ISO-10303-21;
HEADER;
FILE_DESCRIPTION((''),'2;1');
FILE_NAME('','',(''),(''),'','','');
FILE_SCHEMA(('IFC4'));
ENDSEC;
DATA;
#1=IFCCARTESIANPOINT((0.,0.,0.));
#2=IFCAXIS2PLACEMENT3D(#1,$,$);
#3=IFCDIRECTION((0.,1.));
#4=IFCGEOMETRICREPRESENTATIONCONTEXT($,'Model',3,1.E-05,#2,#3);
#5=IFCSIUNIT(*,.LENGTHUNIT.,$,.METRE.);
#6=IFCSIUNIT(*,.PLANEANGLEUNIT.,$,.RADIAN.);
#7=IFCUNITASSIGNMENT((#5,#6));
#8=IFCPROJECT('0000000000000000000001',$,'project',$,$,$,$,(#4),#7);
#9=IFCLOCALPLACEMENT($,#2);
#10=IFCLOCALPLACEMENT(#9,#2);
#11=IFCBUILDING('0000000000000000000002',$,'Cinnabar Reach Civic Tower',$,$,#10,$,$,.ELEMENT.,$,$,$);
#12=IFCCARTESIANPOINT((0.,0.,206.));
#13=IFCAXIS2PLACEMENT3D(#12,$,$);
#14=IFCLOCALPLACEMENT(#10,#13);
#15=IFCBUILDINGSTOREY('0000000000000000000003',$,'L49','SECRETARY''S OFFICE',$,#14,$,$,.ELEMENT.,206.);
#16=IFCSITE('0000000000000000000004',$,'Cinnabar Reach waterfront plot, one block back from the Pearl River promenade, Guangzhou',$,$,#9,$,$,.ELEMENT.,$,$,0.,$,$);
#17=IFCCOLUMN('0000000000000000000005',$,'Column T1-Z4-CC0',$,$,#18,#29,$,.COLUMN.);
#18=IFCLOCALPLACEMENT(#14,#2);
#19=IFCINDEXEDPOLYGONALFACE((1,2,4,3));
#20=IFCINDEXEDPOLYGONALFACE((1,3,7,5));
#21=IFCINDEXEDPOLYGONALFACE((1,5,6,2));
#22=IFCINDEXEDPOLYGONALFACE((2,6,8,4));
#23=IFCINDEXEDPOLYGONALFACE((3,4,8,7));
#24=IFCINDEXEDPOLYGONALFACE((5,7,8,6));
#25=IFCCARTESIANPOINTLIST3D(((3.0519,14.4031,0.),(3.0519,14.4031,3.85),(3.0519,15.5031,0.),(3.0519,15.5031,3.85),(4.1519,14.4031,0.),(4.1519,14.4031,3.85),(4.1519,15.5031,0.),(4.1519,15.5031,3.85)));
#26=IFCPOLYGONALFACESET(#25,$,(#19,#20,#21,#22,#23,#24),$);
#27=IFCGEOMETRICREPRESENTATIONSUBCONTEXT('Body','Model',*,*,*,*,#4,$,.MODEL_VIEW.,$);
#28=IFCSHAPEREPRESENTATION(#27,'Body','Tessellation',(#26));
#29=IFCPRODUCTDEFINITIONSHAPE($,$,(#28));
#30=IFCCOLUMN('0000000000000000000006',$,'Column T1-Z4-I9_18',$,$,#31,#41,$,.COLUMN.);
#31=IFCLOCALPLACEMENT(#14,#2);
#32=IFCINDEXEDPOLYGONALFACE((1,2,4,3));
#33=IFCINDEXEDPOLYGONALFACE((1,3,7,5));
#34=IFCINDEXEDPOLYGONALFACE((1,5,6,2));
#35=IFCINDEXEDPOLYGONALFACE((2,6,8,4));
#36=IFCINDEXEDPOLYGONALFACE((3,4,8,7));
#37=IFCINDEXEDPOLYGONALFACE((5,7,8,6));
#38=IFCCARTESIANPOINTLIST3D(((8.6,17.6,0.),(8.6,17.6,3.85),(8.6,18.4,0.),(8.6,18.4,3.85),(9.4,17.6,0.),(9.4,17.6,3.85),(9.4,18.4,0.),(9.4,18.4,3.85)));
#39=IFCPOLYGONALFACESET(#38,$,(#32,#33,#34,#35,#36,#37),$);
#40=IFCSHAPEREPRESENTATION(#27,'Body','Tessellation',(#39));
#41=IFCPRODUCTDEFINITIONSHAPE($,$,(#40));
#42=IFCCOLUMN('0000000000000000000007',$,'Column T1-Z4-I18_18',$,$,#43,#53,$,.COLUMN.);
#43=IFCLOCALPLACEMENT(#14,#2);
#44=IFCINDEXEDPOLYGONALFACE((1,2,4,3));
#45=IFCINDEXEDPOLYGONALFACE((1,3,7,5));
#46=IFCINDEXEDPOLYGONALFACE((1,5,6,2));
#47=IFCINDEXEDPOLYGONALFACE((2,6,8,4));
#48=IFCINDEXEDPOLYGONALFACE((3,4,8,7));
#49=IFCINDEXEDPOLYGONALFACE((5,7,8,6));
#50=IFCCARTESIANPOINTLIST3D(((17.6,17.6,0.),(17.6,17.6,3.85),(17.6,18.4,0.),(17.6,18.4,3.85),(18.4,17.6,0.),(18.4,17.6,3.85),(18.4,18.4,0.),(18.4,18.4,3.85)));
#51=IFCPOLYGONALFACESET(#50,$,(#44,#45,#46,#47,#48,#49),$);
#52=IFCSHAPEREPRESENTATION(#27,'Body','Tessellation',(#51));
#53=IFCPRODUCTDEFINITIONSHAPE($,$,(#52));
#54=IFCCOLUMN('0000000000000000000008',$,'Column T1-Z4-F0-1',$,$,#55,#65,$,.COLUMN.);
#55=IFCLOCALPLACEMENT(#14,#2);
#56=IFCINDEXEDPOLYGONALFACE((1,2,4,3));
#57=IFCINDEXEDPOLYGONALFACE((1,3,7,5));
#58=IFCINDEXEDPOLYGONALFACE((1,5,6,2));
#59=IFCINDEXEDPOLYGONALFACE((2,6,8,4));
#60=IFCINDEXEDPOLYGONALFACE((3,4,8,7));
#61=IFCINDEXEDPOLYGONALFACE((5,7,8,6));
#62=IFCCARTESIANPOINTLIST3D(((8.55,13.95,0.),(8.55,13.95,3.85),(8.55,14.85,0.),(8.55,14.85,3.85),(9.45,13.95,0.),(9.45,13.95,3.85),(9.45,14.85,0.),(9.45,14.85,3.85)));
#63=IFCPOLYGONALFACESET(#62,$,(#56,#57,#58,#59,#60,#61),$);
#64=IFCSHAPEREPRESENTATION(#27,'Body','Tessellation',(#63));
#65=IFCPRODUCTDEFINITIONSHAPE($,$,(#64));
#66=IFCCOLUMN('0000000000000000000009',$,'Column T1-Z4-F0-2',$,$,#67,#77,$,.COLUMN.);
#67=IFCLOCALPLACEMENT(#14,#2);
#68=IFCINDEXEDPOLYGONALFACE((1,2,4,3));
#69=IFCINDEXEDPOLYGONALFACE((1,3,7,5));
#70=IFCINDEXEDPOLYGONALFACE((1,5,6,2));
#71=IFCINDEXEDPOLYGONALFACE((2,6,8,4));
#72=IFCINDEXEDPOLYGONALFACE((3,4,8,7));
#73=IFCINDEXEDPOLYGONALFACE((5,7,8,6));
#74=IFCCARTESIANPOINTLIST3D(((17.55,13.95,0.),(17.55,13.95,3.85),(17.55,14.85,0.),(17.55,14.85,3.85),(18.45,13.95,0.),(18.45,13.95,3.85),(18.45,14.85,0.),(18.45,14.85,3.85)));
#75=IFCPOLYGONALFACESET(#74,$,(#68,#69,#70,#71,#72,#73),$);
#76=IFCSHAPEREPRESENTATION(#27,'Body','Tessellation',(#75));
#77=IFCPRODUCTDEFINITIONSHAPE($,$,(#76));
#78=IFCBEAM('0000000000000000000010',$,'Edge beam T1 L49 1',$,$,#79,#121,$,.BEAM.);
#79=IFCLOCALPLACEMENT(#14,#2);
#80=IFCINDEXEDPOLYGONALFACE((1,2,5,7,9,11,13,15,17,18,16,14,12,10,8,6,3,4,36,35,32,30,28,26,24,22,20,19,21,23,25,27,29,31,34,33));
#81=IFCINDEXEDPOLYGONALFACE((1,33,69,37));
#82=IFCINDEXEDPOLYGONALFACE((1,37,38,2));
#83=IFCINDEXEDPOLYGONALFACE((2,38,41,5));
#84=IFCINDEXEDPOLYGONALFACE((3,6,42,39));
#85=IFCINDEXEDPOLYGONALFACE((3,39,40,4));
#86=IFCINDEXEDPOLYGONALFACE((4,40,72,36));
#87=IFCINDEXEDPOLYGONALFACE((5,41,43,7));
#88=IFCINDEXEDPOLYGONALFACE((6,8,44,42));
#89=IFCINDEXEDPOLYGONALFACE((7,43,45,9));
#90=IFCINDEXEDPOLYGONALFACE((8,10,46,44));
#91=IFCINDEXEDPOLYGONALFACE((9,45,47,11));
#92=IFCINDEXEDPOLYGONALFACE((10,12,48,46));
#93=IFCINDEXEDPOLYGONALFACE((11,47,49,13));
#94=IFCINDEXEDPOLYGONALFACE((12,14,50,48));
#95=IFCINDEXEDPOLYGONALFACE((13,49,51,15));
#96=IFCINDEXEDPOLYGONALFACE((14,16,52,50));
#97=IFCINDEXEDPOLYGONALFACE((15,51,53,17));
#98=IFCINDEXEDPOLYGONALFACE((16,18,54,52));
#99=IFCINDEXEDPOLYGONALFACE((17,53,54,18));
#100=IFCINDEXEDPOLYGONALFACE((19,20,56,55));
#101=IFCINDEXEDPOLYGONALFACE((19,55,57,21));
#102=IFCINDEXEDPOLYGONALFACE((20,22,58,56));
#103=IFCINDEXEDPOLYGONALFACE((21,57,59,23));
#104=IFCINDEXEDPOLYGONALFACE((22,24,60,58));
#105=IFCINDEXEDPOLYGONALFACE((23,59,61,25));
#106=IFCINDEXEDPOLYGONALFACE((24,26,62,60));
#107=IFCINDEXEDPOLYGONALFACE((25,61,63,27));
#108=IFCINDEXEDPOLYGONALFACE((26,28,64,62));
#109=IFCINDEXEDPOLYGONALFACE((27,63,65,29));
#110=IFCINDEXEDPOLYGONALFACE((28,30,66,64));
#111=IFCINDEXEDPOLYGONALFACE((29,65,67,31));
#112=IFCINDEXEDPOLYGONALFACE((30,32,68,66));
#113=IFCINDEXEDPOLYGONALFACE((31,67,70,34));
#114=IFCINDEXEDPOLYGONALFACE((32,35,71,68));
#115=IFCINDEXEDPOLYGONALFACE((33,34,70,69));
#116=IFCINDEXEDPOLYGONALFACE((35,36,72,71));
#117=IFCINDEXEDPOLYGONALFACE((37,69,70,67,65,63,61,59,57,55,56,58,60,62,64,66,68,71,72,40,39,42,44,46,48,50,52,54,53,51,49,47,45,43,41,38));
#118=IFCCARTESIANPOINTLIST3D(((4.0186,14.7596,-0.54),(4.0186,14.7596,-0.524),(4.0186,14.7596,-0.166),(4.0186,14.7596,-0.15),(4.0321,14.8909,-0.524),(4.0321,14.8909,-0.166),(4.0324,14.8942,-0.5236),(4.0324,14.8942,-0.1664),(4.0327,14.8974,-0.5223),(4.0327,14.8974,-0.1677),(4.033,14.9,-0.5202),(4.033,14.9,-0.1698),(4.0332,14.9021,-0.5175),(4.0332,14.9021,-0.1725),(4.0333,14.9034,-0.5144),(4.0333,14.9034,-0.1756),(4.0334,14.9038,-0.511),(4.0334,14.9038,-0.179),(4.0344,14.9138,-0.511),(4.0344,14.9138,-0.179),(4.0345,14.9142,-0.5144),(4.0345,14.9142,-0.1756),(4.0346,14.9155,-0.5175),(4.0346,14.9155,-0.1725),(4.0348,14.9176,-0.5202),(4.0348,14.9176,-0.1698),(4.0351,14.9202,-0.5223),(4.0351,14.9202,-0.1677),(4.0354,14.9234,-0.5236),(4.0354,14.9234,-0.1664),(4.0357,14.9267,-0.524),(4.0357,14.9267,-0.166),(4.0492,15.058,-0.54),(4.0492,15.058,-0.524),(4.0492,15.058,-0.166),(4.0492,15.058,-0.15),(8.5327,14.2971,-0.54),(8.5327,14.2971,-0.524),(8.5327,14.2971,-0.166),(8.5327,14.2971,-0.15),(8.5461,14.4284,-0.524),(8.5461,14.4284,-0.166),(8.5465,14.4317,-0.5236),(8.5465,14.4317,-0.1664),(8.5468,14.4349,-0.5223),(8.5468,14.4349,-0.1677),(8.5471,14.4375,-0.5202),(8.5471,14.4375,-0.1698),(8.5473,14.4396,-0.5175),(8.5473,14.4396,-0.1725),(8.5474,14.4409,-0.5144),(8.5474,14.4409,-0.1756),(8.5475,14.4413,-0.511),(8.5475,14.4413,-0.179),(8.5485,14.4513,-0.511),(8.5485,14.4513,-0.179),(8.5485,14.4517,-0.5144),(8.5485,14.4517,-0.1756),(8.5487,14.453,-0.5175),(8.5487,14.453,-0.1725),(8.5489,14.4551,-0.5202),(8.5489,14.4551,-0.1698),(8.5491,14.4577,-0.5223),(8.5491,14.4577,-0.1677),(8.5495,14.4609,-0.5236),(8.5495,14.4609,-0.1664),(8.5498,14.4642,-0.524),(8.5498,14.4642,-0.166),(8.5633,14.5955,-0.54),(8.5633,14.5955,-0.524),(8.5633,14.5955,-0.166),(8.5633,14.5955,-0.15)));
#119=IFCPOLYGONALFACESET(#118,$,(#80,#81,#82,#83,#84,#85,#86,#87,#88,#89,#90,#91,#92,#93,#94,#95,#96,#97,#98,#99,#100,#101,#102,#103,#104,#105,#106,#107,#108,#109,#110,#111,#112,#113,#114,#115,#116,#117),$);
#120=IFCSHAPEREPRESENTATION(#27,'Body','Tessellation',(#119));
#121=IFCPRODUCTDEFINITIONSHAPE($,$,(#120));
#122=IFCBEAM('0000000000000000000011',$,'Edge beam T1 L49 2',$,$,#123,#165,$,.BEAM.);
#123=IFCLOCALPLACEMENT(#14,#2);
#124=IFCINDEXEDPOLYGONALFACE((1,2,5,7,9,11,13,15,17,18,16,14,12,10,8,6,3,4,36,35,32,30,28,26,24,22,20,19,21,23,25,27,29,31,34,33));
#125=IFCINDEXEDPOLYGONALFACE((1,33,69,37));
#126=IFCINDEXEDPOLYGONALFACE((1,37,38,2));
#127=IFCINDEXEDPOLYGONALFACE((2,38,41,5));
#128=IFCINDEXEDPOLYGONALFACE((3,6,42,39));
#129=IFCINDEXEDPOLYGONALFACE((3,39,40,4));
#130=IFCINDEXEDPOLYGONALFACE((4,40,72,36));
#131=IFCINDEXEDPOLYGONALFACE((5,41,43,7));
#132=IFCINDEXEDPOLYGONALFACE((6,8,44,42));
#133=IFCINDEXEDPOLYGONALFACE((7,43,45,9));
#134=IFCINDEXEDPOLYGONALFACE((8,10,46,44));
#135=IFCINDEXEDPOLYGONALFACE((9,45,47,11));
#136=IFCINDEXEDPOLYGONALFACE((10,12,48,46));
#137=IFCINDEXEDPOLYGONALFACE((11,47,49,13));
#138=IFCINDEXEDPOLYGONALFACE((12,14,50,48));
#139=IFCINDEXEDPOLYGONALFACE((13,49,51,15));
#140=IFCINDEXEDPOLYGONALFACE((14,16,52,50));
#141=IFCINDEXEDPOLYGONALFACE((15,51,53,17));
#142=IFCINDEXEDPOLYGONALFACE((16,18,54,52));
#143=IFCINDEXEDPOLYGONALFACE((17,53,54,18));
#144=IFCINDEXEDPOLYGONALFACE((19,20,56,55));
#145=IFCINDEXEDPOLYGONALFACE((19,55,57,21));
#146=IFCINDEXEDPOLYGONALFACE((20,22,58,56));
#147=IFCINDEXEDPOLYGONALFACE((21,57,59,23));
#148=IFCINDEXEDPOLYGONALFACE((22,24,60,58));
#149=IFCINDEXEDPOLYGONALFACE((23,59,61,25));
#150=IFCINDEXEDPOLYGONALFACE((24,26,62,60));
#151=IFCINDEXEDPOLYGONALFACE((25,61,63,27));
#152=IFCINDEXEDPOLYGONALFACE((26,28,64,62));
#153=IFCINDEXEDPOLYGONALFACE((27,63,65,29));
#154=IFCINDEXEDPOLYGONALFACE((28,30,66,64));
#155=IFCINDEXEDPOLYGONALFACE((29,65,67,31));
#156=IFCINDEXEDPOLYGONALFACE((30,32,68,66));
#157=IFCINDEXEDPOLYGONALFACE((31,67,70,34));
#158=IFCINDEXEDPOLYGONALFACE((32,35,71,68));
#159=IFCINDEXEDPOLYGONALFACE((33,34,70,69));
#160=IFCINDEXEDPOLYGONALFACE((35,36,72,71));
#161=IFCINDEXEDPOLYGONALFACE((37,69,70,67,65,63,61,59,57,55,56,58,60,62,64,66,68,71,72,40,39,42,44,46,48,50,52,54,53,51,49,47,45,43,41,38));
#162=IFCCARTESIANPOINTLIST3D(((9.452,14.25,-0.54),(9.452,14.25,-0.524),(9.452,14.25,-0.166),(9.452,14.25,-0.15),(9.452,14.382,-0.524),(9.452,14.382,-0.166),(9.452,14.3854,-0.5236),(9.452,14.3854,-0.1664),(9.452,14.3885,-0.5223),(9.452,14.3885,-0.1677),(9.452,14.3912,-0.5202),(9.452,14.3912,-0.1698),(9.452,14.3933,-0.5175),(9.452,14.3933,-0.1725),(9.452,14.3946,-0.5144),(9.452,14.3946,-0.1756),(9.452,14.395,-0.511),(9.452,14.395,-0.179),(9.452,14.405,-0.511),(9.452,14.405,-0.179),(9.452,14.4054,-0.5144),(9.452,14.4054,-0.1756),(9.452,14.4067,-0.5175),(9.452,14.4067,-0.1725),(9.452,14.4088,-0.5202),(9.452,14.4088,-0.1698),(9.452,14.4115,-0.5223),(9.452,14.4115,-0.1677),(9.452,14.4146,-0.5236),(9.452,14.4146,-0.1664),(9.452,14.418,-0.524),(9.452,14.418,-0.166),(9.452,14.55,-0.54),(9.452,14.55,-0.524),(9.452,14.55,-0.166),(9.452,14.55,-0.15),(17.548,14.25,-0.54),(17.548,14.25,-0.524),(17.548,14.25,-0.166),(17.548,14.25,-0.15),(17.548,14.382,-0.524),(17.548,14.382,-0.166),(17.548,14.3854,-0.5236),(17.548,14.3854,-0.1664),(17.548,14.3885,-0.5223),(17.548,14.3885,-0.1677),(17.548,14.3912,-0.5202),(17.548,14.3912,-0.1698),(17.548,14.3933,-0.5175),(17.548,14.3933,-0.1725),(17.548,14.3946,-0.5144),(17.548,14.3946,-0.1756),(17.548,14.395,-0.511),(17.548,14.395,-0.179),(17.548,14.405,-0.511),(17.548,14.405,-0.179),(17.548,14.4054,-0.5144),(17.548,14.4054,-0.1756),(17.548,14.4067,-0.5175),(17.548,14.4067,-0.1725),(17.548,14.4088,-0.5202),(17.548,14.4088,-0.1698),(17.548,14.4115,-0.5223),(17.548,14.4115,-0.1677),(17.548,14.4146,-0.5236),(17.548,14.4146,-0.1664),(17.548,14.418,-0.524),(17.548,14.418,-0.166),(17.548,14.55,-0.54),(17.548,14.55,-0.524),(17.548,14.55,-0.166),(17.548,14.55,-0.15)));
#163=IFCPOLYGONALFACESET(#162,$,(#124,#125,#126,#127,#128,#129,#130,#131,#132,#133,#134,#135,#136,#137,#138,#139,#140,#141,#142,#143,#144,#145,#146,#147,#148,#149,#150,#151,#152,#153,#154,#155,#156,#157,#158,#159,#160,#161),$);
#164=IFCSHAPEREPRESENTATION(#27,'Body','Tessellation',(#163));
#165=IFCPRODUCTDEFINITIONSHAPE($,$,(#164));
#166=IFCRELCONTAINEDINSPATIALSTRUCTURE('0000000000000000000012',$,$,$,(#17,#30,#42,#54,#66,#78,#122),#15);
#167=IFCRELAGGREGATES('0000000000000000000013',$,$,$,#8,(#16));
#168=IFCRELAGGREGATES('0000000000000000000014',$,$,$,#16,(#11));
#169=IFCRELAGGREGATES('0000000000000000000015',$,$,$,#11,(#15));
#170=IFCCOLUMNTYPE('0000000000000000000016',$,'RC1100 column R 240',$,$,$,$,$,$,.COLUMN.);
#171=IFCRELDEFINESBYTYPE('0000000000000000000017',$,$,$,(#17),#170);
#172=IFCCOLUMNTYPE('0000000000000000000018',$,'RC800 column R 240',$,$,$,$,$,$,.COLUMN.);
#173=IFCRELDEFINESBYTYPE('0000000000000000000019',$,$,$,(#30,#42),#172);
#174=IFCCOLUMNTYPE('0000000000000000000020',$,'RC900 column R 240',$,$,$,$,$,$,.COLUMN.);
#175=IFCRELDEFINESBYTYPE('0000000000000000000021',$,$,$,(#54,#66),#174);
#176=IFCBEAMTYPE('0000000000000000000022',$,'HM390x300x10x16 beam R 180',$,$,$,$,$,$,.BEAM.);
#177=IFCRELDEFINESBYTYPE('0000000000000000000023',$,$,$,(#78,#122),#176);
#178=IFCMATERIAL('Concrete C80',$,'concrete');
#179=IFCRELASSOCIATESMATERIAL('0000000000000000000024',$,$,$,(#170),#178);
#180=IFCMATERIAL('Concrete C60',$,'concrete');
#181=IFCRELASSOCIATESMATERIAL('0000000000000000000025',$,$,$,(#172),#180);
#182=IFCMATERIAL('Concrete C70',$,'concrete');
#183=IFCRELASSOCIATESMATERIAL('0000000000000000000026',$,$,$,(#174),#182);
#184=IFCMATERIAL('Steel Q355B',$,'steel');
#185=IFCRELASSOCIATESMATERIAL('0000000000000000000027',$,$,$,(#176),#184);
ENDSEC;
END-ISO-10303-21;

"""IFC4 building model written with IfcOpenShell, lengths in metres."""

from ifc_helpers import new_model, si_unit, direction, frame, origin, origin_2d, place, context, subcontext, project, spatial, rectangle, i_section, extrude, material, material_profile, profile_set, type_object, element, save


model = new_model("IFC4")

# Units and contexts
model_context = context("Model", 3, precision=1e-05, world=origin(), true_north=direction((0.0, 1.0)))
body_context = subcontext(model_context, "Body", "Model", "MODEL_VIEW")
ifc_project = project(units=[si_unit("LENGTHUNIT", "METRE"), si_unit("PLANEANGLEUNIT", "RADIAN")], contexts=[model_context])

# Site, building, storey
site_placement = place(None, origin())
site = spatial("IfcSite", under=ifc_project, at=site_placement, Name="Cinnabar Reach waterfront plot, one block back from the Pearl River promenade, Guangzhou", CompositionType="ELEMENT", RefElevation=0.0)
building_placement = place(site_placement, origin())
building = spatial("IfcBuilding", under=site, at=building_placement, Name="Cinnabar Reach Civic Tower", CompositionType="ELEMENT")
storey_placement = place(building_placement, frame((0.0, 0.0, 206.0)))
storey = spatial("IfcBuildingStorey", under=building, at=storey_placement, Name="L49", Description="SECRETARY'S OFFICE", CompositionType="ELEMENT", Elevation=206.0)

# Columns
ifc_material_1 = material(Name="Concrete C80", Category="concrete")
ifc_material_profile_1 = material_profile(ifc_material_1, rectangle(XDim=1.1, YDim=1.1, at=origin_2d()), Name="RC1100")
ifc_profile_set_1 = profile_set([ifc_material_profile_1], Name="Concrete C80")
column_type_1 = type_object("IfcColumnType", Name="RC1100 column R 240", PredefinedType="COLUMN", material=ifc_profile_set_1)
column_placement = place(storey_placement, frame((3.6019, 14.9531, 0.0), z_axis=(0.0, 0.0, 1.0), x_axis=(1.0, 0.0, 0.0)))
element("IfcColumn", 1, at=column_placement, inside=storey, type_object=column_type_1, Name="Column T1-Z4-CC0", PredefinedType="COLUMN", context=body_context, shape_type="SweptSolid", body=[
    extrude(rectangle(XDim=1.1, YDim=1.1, at=origin_2d()), origin(), (0.0, 0.0, 1.0), 3.85),
])
ifc_material_2 = material(Name="Concrete C60", Category="concrete")
ifc_material_profile_2 = material_profile(ifc_material_2, rectangle(XDim=0.8, YDim=0.8, at=origin_2d()), Name="RC800")
ifc_profile_set_2 = profile_set([ifc_material_profile_2], Name="Concrete C60")
column_type_2 = type_object("IfcColumnType", Name="RC800 column R 240", PredefinedType="COLUMN", material=ifc_profile_set_2)
for number, where, z_axis, x_axis, name in (
    (2, (9.0, 18.0, 0.0), (0.0, 0.0, 1.0), (1.0, 0.0, 0.0), "Column T1-Z4-I9_18"),
    (3, (18.0, 18.0, 0.0), (0.0, 0.0, 1.0), (1.0, 0.0, 0.0), "Column T1-Z4-I18_18"),
):
    element("IfcColumn", number, at=place(storey_placement, frame(where, z_axis=z_axis, x_axis=x_axis)), inside=storey, type_object=column_type_2, Name=name, PredefinedType="COLUMN", context=body_context, shape_type="SweptSolid", body=[
        extrude(rectangle(XDim=0.8, YDim=0.8, at=origin_2d()), origin(), (0.0, 0.0, 1.0), 3.85),
    ])
ifc_material_3 = material(Name="Concrete C70", Category="concrete")
ifc_material_profile_3 = material_profile(ifc_material_3, rectangle(XDim=0.9, YDim=0.9, at=origin_2d()), Name="RC900")
ifc_profile_set_3 = profile_set([ifc_material_profile_3], Name="Concrete C70")
column_type_3 = type_object("IfcColumnType", Name="RC900 column R 240", PredefinedType="COLUMN", material=ifc_profile_set_3)
for number, where, z_axis, x_axis, name in (
    (4, (9.0, 14.4, 0.0), (0.0, 0.0, 1.0), (1.0, 0.0, 0.0), "Column T1-Z4-F0-1"),
    (5, (18.0, 14.4, 0.0), (0.0, 0.0, 1.0), (1.0, 0.0, 0.0), "Column T1-Z4-F0-2"),
):
    element("IfcColumn", number, at=place(storey_placement, frame(where, z_axis=z_axis, x_axis=x_axis)), inside=storey, type_object=column_type_3, Name=name, PredefinedType="COLUMN", context=body_context, shape_type="SweptSolid", body=[
        extrude(rectangle(XDim=0.9, YDim=0.9, at=origin_2d()), origin(), (0.0, 0.0, 1.0), 3.85),
    ])

# Beams
ifc_material_4 = material(Name="Steel Q355B", Category="steel")
ifc_material_profile_4 = material_profile(ifc_material_4, i_section(OverallWidth=0.3, OverallDepth=0.39, WebThickness=0.01, FlangeThickness=0.016, FilletRadius=0.013, at=origin_2d()), Name="HM390x300x10x16")
ifc_profile_set_4 = profile_set([ifc_material_profile_4], Name="Steel Q355B")
beam_type_1 = type_object("IfcBeamType", Name="HM390x300x10x16 beam R 180", PredefinedType="BEAM", material=ifc_profile_set_4)
beam_1_placement = place(storey_placement, frame((4.0339, 14.9088, -0.345), z_axis=(0.994792, -0.101923, 0.0), x_axis=(0.101923, 0.994792, 0.0)))
element("IfcBeam", 6, at=beam_1_placement, inside=storey, type_object=beam_type_1, Name="Edge beam T1 L49 1", PredefinedType="BEAM", context=body_context, shape_type="SweptSolid", body=[
    extrude(i_section(OverallWidth=0.3, OverallDepth=0.39, WebThickness=0.01, FlangeThickness=0.016, FilletRadius=0.013, at=origin_2d()), origin(), (0.0, 0.0, 1.0), 4.5377),
])
beam_2_placement = place(storey_placement, frame((9.452, 14.4, -0.345), z_axis=(1.0, 0.0, 0.0), x_axis=(0.0, 1.0, 0.0)))
element("IfcBeam", 7, at=beam_2_placement, inside=storey, type_object=beam_type_1, Name="Edge beam T1 L49 2", PredefinedType="BEAM", context=body_context, shape_type="SweptSolid", body=[
    extrude(i_section(OverallWidth=0.3, OverallDepth=0.39, WebThickness=0.01, FlangeThickness=0.016, FilletRadius=0.013, at=origin_2d()), origin(), (0.0, 0.0, 1.0), 8.096),
])

save(model, "model.ifc")
